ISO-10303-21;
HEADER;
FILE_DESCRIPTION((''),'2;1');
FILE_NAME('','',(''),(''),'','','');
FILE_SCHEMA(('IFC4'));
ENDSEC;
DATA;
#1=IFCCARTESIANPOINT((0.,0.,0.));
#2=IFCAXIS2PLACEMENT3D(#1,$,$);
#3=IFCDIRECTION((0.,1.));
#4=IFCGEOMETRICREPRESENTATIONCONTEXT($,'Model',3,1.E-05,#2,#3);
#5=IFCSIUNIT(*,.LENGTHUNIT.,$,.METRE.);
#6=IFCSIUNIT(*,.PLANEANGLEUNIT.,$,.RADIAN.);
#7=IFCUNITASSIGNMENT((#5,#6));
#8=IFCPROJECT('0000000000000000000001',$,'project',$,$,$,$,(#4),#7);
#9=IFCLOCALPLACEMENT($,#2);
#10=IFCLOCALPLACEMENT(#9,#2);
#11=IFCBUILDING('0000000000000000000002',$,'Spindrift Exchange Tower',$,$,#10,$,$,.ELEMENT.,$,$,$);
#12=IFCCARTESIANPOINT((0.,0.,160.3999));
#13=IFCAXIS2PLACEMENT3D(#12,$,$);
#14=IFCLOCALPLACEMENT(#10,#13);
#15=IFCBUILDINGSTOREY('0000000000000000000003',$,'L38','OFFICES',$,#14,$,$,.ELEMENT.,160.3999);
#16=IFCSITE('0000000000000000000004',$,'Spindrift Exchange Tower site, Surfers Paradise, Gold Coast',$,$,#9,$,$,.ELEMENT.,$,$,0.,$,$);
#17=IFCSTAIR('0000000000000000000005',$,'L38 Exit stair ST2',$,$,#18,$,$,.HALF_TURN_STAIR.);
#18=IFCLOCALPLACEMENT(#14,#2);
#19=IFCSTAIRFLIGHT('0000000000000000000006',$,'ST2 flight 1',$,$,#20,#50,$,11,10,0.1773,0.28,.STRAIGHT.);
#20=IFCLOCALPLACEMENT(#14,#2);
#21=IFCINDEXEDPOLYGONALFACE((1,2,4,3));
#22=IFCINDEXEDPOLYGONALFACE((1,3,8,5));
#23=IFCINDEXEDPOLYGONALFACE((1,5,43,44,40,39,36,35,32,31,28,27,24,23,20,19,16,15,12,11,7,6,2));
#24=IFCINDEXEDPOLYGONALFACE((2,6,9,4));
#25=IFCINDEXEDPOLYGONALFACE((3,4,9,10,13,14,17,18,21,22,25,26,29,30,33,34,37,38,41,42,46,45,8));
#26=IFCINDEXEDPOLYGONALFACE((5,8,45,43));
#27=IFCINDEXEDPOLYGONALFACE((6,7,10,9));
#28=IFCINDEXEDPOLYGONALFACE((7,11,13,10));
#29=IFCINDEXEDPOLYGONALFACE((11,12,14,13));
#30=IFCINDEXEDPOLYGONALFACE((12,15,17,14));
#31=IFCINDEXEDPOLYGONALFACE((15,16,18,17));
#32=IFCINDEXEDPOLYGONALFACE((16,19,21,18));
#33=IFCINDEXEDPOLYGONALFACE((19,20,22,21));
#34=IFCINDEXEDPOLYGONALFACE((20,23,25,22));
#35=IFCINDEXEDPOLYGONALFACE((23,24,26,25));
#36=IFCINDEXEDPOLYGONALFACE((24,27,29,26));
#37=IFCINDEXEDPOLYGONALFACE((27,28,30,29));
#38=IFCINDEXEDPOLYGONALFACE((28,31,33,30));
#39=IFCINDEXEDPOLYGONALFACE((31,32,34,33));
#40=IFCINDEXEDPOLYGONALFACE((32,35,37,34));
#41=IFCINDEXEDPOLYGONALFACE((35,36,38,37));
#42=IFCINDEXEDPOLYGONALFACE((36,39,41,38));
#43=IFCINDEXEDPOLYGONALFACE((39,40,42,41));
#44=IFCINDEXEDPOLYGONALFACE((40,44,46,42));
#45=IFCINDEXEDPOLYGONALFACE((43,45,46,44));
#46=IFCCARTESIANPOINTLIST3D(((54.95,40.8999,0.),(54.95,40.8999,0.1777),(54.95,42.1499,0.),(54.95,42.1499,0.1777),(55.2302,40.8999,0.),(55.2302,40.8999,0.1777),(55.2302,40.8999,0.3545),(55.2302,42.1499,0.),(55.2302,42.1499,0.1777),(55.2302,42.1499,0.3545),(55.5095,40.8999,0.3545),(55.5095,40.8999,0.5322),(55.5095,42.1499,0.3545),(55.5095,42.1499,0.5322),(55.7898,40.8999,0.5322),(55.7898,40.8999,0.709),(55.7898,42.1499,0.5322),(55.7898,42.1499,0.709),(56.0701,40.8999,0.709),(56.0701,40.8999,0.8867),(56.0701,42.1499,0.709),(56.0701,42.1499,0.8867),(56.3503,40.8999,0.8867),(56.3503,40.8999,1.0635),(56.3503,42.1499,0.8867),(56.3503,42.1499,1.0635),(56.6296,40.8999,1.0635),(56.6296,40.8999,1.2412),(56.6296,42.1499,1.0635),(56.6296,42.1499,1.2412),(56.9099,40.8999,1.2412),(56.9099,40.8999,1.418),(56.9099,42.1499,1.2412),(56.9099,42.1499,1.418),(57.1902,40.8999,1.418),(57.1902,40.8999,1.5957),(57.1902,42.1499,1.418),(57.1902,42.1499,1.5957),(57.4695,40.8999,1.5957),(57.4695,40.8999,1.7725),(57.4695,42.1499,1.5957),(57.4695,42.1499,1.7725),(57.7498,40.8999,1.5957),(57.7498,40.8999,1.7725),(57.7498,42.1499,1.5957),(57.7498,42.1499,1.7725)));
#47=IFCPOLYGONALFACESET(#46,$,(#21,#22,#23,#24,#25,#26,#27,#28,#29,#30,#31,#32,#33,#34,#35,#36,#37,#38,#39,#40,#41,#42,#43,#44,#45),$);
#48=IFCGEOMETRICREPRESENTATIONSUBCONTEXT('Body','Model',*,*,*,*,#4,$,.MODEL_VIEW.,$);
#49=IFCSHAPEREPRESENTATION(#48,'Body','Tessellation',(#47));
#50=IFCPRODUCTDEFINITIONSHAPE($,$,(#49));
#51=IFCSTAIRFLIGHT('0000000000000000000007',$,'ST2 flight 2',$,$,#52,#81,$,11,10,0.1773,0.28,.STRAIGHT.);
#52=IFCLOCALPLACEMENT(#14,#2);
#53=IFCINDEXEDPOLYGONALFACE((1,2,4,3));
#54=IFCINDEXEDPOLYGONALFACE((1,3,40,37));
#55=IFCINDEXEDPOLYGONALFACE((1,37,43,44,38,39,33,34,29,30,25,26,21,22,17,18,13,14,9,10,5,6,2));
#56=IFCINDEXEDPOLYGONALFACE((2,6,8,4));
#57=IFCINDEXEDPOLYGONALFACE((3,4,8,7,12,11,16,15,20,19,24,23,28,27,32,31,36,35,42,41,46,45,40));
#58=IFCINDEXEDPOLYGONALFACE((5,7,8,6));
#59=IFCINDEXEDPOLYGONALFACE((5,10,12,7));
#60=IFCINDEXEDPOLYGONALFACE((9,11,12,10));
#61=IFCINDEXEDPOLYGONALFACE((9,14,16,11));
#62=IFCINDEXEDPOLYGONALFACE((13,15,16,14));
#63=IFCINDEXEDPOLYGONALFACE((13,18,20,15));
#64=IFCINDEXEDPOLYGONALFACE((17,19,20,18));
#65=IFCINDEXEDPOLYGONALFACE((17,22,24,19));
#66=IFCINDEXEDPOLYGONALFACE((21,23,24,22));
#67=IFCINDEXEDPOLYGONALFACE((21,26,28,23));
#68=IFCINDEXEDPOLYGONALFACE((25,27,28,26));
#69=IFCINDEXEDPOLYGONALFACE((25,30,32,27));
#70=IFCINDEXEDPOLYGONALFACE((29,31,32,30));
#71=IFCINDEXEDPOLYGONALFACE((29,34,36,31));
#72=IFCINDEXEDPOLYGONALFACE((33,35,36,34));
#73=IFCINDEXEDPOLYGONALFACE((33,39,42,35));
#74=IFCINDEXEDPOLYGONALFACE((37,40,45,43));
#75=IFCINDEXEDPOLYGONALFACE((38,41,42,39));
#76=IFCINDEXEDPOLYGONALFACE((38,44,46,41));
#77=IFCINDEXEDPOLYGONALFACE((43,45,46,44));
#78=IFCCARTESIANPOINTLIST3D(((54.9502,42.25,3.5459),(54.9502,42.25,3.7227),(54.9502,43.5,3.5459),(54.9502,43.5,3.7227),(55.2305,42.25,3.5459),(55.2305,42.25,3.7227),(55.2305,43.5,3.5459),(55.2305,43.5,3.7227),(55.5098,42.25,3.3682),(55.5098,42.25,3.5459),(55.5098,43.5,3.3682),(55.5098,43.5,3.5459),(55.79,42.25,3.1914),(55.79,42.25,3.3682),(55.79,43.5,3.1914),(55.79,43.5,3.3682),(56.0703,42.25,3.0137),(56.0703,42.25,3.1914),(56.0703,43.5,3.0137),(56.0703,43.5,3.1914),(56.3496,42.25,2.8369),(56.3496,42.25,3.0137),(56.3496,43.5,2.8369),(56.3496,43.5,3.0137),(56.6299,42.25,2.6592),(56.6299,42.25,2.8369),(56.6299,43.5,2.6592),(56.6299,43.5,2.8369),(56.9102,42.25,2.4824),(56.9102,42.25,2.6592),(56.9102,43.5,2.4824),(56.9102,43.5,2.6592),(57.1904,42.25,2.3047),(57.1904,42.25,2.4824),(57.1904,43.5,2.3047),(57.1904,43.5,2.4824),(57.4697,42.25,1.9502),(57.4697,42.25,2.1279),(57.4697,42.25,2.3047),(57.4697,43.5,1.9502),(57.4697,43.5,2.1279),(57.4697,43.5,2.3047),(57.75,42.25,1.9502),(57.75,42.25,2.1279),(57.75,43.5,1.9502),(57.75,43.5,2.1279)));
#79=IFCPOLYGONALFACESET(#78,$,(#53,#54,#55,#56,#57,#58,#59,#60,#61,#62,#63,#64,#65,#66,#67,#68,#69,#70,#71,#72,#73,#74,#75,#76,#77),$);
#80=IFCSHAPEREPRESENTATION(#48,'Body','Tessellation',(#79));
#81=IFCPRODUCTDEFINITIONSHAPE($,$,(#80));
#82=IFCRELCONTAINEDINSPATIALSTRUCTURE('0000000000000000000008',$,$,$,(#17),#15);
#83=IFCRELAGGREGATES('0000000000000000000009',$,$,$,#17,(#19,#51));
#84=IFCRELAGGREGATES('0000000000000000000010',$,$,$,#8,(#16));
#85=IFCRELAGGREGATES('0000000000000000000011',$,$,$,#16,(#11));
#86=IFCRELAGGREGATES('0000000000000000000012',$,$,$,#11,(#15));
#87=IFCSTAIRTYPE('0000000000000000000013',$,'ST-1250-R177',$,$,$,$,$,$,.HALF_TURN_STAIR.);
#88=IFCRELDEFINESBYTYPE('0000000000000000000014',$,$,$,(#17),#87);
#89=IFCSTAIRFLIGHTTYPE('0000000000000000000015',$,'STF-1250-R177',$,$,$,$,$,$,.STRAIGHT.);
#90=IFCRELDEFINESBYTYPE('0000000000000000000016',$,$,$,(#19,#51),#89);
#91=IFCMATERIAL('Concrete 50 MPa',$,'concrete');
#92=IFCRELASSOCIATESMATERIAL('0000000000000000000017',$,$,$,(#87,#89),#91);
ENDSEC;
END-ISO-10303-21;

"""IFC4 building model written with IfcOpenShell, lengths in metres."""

from ifc_helpers import new_model, si_unit, direction, frame, origin, place, context, subcontext, project, spatial, line, indexed_curve, outline, extrude, material, type_object, element, aggregate, save


model = new_model("IFC4")

# Units and contexts
model_context = context("Model", 3, precision=1e-05, world=origin(), true_north=direction((0.0, 1.0)))
body_context = subcontext(model_context, "Body", "Model", "MODEL_VIEW")
ifc_project = project(units=[si_unit("LENGTHUNIT", "METRE"), si_unit("PLANEANGLEUNIT", "RADIAN")], contexts=[model_context])

# Site, building, storey
site_placement = place(None, origin())
site = spatial("IfcSite", under=ifc_project, at=site_placement, Name="Spindrift Exchange Tower site, Surfers Paradise, Gold Coast", CompositionType="ELEMENT", RefElevation=0.0)
building_placement = place(site_placement, origin())
building = spatial("IfcBuilding", under=site, at=building_placement, Name="Spindrift Exchange Tower", CompositionType="ELEMENT")
storey_placement = place(building_placement, frame((0.0, 0.0, 160.3999)))
storey = spatial("IfcBuildingStorey", under=building, at=storey_placement, Name="L38", Description="OFFICES", CompositionType="ELEMENT", Elevation=160.3999)

# Stair, stair flights
ifc_material_1 = material(Name="Concrete 50 MPa", Category="concrete")
stair_type = type_object("IfcStairType", Name="ST-1250-R177", PredefinedType="HALF_TURN_STAIR", material=ifc_material_1)
stair_placement = place(storey_placement, origin())
stair = element("IfcStair", 1, at=stair_placement, inside=storey, type_object=stair_type, Name="L38 Exit stair ST2", PredefinedType="HALF_TURN_STAIR")
stair_flight_type = type_object("IfcStairFlightType", Name="STF-1250-R177", PredefinedType="STRAIGHT", material=ifc_material_1)
stair_flight_1_placement = place(storey_placement, frame((54.95, 41.5249, 0.0), z_axis=(0.0, 0.0, 1.0), x_axis=(1.0, 0.0, 0.0)))
stair_flight_1 = element("IfcStairFlight", 2, at=stair_flight_1_placement, type_object=stair_flight_type, Name="ST2 flight 1", NumberOfRisers=11, NumberOfTreads=10, PredefinedType="STRAIGHT", RiserHeight=0.1773, TreadLength=0.28, context=body_context, shape_type="SweptSolid", body=[
    extrude(outline(indexed_curve([(0.0, 0.0), (0.0, 0.1777), (0.2803, 0.1777), (0.2803, 0.3545), (0.5596, 0.3545), (0.5596, 0.5322), (0.8398, 0.5322), (0.8398, 0.709), (1.1201, 0.709), (1.1201, 0.8867), (1.4004, 0.8867), (1.4004, 1.0635), (1.6797, 1.0635), (1.6797, 1.2412), (1.96, 1.2412), (1.96, 1.418), (2.2402, 1.418), (2.2402, 1.5957), (2.5195, 1.5957), (2.5195, 1.7725), (2.7998, 1.7725), (2.7998, 1.9502), (2.7998, 1.5957), (0.2803, 0.0)], segments=[line(1, 2, 3, 4, 5, 6, 7, 8, 9, 10, 11, 12, 13, 14, 15, 16, 17, 18, 19, 20, 21, 22, 23, 24, 1)], self_intersect=False)), frame((0.0, 0.625, 0.0), z_axis=(0.0, -1.0, 0.0), x_axis=(1.0, 0.0, 0.0)), (0.0, 0.0, 1.0), 1.25),
])
stair_flight_2_placement = place(storey_placement, frame((57.75, 42.875, 1.9502), z_axis=(0.0, 0.0, 1.0), x_axis=(-1.0, 0.0, 0.0)))
stair_flight_2 = element("IfcStairFlight", 3, at=stair_flight_2_placement, type_object=stair_flight_type, Name="ST2 flight 2", NumberOfRisers=11, NumberOfTreads=10, PredefinedType="STRAIGHT", RiserHeight=0.1773, TreadLength=0.28, context=body_context, shape_type="SweptSolid", body=[
    extrude(outline(indexed_curve([(0.0, 0.0), (0.0, 0.1777), (0.2803, 0.1777), (0.2803, 0.3545), (0.5596, 0.3545), (0.5596, 0.5322), (0.8398, 0.5322), (0.8398, 0.709), (1.1201, 0.709), (1.1201, 0.8867), (1.4004, 0.8867), (1.4004, 1.0635), (1.6797, 1.0635), (1.6797, 1.2412), (1.96, 1.2412), (1.96, 1.418), (2.2402, 1.418), (2.2402, 1.5957), (2.5195, 1.5957), (2.5195, 1.7725), (2.7998, 1.7725), (2.7998, 1.9502), (2.7998, 1.5957), (0.2803, 0.0)], segments=[line(1, 2, 3, 4, 5, 6, 7, 8, 9, 10, 11, 12, 13, 14, 15, 16, 17, 18, 19, 20, 21, 22, 23, 24, 1)], self_intersect=False)), frame((0.0, 0.625, 0.0), z_axis=(0.0, -1.0, 0.0), x_axis=(1.0, 0.0, 0.0)), (0.0, 0.0, 1.0), 1.25),
])
aggregate(stair, [stair_flight_1, stair_flight_2])

save(model, "model.ifc")
